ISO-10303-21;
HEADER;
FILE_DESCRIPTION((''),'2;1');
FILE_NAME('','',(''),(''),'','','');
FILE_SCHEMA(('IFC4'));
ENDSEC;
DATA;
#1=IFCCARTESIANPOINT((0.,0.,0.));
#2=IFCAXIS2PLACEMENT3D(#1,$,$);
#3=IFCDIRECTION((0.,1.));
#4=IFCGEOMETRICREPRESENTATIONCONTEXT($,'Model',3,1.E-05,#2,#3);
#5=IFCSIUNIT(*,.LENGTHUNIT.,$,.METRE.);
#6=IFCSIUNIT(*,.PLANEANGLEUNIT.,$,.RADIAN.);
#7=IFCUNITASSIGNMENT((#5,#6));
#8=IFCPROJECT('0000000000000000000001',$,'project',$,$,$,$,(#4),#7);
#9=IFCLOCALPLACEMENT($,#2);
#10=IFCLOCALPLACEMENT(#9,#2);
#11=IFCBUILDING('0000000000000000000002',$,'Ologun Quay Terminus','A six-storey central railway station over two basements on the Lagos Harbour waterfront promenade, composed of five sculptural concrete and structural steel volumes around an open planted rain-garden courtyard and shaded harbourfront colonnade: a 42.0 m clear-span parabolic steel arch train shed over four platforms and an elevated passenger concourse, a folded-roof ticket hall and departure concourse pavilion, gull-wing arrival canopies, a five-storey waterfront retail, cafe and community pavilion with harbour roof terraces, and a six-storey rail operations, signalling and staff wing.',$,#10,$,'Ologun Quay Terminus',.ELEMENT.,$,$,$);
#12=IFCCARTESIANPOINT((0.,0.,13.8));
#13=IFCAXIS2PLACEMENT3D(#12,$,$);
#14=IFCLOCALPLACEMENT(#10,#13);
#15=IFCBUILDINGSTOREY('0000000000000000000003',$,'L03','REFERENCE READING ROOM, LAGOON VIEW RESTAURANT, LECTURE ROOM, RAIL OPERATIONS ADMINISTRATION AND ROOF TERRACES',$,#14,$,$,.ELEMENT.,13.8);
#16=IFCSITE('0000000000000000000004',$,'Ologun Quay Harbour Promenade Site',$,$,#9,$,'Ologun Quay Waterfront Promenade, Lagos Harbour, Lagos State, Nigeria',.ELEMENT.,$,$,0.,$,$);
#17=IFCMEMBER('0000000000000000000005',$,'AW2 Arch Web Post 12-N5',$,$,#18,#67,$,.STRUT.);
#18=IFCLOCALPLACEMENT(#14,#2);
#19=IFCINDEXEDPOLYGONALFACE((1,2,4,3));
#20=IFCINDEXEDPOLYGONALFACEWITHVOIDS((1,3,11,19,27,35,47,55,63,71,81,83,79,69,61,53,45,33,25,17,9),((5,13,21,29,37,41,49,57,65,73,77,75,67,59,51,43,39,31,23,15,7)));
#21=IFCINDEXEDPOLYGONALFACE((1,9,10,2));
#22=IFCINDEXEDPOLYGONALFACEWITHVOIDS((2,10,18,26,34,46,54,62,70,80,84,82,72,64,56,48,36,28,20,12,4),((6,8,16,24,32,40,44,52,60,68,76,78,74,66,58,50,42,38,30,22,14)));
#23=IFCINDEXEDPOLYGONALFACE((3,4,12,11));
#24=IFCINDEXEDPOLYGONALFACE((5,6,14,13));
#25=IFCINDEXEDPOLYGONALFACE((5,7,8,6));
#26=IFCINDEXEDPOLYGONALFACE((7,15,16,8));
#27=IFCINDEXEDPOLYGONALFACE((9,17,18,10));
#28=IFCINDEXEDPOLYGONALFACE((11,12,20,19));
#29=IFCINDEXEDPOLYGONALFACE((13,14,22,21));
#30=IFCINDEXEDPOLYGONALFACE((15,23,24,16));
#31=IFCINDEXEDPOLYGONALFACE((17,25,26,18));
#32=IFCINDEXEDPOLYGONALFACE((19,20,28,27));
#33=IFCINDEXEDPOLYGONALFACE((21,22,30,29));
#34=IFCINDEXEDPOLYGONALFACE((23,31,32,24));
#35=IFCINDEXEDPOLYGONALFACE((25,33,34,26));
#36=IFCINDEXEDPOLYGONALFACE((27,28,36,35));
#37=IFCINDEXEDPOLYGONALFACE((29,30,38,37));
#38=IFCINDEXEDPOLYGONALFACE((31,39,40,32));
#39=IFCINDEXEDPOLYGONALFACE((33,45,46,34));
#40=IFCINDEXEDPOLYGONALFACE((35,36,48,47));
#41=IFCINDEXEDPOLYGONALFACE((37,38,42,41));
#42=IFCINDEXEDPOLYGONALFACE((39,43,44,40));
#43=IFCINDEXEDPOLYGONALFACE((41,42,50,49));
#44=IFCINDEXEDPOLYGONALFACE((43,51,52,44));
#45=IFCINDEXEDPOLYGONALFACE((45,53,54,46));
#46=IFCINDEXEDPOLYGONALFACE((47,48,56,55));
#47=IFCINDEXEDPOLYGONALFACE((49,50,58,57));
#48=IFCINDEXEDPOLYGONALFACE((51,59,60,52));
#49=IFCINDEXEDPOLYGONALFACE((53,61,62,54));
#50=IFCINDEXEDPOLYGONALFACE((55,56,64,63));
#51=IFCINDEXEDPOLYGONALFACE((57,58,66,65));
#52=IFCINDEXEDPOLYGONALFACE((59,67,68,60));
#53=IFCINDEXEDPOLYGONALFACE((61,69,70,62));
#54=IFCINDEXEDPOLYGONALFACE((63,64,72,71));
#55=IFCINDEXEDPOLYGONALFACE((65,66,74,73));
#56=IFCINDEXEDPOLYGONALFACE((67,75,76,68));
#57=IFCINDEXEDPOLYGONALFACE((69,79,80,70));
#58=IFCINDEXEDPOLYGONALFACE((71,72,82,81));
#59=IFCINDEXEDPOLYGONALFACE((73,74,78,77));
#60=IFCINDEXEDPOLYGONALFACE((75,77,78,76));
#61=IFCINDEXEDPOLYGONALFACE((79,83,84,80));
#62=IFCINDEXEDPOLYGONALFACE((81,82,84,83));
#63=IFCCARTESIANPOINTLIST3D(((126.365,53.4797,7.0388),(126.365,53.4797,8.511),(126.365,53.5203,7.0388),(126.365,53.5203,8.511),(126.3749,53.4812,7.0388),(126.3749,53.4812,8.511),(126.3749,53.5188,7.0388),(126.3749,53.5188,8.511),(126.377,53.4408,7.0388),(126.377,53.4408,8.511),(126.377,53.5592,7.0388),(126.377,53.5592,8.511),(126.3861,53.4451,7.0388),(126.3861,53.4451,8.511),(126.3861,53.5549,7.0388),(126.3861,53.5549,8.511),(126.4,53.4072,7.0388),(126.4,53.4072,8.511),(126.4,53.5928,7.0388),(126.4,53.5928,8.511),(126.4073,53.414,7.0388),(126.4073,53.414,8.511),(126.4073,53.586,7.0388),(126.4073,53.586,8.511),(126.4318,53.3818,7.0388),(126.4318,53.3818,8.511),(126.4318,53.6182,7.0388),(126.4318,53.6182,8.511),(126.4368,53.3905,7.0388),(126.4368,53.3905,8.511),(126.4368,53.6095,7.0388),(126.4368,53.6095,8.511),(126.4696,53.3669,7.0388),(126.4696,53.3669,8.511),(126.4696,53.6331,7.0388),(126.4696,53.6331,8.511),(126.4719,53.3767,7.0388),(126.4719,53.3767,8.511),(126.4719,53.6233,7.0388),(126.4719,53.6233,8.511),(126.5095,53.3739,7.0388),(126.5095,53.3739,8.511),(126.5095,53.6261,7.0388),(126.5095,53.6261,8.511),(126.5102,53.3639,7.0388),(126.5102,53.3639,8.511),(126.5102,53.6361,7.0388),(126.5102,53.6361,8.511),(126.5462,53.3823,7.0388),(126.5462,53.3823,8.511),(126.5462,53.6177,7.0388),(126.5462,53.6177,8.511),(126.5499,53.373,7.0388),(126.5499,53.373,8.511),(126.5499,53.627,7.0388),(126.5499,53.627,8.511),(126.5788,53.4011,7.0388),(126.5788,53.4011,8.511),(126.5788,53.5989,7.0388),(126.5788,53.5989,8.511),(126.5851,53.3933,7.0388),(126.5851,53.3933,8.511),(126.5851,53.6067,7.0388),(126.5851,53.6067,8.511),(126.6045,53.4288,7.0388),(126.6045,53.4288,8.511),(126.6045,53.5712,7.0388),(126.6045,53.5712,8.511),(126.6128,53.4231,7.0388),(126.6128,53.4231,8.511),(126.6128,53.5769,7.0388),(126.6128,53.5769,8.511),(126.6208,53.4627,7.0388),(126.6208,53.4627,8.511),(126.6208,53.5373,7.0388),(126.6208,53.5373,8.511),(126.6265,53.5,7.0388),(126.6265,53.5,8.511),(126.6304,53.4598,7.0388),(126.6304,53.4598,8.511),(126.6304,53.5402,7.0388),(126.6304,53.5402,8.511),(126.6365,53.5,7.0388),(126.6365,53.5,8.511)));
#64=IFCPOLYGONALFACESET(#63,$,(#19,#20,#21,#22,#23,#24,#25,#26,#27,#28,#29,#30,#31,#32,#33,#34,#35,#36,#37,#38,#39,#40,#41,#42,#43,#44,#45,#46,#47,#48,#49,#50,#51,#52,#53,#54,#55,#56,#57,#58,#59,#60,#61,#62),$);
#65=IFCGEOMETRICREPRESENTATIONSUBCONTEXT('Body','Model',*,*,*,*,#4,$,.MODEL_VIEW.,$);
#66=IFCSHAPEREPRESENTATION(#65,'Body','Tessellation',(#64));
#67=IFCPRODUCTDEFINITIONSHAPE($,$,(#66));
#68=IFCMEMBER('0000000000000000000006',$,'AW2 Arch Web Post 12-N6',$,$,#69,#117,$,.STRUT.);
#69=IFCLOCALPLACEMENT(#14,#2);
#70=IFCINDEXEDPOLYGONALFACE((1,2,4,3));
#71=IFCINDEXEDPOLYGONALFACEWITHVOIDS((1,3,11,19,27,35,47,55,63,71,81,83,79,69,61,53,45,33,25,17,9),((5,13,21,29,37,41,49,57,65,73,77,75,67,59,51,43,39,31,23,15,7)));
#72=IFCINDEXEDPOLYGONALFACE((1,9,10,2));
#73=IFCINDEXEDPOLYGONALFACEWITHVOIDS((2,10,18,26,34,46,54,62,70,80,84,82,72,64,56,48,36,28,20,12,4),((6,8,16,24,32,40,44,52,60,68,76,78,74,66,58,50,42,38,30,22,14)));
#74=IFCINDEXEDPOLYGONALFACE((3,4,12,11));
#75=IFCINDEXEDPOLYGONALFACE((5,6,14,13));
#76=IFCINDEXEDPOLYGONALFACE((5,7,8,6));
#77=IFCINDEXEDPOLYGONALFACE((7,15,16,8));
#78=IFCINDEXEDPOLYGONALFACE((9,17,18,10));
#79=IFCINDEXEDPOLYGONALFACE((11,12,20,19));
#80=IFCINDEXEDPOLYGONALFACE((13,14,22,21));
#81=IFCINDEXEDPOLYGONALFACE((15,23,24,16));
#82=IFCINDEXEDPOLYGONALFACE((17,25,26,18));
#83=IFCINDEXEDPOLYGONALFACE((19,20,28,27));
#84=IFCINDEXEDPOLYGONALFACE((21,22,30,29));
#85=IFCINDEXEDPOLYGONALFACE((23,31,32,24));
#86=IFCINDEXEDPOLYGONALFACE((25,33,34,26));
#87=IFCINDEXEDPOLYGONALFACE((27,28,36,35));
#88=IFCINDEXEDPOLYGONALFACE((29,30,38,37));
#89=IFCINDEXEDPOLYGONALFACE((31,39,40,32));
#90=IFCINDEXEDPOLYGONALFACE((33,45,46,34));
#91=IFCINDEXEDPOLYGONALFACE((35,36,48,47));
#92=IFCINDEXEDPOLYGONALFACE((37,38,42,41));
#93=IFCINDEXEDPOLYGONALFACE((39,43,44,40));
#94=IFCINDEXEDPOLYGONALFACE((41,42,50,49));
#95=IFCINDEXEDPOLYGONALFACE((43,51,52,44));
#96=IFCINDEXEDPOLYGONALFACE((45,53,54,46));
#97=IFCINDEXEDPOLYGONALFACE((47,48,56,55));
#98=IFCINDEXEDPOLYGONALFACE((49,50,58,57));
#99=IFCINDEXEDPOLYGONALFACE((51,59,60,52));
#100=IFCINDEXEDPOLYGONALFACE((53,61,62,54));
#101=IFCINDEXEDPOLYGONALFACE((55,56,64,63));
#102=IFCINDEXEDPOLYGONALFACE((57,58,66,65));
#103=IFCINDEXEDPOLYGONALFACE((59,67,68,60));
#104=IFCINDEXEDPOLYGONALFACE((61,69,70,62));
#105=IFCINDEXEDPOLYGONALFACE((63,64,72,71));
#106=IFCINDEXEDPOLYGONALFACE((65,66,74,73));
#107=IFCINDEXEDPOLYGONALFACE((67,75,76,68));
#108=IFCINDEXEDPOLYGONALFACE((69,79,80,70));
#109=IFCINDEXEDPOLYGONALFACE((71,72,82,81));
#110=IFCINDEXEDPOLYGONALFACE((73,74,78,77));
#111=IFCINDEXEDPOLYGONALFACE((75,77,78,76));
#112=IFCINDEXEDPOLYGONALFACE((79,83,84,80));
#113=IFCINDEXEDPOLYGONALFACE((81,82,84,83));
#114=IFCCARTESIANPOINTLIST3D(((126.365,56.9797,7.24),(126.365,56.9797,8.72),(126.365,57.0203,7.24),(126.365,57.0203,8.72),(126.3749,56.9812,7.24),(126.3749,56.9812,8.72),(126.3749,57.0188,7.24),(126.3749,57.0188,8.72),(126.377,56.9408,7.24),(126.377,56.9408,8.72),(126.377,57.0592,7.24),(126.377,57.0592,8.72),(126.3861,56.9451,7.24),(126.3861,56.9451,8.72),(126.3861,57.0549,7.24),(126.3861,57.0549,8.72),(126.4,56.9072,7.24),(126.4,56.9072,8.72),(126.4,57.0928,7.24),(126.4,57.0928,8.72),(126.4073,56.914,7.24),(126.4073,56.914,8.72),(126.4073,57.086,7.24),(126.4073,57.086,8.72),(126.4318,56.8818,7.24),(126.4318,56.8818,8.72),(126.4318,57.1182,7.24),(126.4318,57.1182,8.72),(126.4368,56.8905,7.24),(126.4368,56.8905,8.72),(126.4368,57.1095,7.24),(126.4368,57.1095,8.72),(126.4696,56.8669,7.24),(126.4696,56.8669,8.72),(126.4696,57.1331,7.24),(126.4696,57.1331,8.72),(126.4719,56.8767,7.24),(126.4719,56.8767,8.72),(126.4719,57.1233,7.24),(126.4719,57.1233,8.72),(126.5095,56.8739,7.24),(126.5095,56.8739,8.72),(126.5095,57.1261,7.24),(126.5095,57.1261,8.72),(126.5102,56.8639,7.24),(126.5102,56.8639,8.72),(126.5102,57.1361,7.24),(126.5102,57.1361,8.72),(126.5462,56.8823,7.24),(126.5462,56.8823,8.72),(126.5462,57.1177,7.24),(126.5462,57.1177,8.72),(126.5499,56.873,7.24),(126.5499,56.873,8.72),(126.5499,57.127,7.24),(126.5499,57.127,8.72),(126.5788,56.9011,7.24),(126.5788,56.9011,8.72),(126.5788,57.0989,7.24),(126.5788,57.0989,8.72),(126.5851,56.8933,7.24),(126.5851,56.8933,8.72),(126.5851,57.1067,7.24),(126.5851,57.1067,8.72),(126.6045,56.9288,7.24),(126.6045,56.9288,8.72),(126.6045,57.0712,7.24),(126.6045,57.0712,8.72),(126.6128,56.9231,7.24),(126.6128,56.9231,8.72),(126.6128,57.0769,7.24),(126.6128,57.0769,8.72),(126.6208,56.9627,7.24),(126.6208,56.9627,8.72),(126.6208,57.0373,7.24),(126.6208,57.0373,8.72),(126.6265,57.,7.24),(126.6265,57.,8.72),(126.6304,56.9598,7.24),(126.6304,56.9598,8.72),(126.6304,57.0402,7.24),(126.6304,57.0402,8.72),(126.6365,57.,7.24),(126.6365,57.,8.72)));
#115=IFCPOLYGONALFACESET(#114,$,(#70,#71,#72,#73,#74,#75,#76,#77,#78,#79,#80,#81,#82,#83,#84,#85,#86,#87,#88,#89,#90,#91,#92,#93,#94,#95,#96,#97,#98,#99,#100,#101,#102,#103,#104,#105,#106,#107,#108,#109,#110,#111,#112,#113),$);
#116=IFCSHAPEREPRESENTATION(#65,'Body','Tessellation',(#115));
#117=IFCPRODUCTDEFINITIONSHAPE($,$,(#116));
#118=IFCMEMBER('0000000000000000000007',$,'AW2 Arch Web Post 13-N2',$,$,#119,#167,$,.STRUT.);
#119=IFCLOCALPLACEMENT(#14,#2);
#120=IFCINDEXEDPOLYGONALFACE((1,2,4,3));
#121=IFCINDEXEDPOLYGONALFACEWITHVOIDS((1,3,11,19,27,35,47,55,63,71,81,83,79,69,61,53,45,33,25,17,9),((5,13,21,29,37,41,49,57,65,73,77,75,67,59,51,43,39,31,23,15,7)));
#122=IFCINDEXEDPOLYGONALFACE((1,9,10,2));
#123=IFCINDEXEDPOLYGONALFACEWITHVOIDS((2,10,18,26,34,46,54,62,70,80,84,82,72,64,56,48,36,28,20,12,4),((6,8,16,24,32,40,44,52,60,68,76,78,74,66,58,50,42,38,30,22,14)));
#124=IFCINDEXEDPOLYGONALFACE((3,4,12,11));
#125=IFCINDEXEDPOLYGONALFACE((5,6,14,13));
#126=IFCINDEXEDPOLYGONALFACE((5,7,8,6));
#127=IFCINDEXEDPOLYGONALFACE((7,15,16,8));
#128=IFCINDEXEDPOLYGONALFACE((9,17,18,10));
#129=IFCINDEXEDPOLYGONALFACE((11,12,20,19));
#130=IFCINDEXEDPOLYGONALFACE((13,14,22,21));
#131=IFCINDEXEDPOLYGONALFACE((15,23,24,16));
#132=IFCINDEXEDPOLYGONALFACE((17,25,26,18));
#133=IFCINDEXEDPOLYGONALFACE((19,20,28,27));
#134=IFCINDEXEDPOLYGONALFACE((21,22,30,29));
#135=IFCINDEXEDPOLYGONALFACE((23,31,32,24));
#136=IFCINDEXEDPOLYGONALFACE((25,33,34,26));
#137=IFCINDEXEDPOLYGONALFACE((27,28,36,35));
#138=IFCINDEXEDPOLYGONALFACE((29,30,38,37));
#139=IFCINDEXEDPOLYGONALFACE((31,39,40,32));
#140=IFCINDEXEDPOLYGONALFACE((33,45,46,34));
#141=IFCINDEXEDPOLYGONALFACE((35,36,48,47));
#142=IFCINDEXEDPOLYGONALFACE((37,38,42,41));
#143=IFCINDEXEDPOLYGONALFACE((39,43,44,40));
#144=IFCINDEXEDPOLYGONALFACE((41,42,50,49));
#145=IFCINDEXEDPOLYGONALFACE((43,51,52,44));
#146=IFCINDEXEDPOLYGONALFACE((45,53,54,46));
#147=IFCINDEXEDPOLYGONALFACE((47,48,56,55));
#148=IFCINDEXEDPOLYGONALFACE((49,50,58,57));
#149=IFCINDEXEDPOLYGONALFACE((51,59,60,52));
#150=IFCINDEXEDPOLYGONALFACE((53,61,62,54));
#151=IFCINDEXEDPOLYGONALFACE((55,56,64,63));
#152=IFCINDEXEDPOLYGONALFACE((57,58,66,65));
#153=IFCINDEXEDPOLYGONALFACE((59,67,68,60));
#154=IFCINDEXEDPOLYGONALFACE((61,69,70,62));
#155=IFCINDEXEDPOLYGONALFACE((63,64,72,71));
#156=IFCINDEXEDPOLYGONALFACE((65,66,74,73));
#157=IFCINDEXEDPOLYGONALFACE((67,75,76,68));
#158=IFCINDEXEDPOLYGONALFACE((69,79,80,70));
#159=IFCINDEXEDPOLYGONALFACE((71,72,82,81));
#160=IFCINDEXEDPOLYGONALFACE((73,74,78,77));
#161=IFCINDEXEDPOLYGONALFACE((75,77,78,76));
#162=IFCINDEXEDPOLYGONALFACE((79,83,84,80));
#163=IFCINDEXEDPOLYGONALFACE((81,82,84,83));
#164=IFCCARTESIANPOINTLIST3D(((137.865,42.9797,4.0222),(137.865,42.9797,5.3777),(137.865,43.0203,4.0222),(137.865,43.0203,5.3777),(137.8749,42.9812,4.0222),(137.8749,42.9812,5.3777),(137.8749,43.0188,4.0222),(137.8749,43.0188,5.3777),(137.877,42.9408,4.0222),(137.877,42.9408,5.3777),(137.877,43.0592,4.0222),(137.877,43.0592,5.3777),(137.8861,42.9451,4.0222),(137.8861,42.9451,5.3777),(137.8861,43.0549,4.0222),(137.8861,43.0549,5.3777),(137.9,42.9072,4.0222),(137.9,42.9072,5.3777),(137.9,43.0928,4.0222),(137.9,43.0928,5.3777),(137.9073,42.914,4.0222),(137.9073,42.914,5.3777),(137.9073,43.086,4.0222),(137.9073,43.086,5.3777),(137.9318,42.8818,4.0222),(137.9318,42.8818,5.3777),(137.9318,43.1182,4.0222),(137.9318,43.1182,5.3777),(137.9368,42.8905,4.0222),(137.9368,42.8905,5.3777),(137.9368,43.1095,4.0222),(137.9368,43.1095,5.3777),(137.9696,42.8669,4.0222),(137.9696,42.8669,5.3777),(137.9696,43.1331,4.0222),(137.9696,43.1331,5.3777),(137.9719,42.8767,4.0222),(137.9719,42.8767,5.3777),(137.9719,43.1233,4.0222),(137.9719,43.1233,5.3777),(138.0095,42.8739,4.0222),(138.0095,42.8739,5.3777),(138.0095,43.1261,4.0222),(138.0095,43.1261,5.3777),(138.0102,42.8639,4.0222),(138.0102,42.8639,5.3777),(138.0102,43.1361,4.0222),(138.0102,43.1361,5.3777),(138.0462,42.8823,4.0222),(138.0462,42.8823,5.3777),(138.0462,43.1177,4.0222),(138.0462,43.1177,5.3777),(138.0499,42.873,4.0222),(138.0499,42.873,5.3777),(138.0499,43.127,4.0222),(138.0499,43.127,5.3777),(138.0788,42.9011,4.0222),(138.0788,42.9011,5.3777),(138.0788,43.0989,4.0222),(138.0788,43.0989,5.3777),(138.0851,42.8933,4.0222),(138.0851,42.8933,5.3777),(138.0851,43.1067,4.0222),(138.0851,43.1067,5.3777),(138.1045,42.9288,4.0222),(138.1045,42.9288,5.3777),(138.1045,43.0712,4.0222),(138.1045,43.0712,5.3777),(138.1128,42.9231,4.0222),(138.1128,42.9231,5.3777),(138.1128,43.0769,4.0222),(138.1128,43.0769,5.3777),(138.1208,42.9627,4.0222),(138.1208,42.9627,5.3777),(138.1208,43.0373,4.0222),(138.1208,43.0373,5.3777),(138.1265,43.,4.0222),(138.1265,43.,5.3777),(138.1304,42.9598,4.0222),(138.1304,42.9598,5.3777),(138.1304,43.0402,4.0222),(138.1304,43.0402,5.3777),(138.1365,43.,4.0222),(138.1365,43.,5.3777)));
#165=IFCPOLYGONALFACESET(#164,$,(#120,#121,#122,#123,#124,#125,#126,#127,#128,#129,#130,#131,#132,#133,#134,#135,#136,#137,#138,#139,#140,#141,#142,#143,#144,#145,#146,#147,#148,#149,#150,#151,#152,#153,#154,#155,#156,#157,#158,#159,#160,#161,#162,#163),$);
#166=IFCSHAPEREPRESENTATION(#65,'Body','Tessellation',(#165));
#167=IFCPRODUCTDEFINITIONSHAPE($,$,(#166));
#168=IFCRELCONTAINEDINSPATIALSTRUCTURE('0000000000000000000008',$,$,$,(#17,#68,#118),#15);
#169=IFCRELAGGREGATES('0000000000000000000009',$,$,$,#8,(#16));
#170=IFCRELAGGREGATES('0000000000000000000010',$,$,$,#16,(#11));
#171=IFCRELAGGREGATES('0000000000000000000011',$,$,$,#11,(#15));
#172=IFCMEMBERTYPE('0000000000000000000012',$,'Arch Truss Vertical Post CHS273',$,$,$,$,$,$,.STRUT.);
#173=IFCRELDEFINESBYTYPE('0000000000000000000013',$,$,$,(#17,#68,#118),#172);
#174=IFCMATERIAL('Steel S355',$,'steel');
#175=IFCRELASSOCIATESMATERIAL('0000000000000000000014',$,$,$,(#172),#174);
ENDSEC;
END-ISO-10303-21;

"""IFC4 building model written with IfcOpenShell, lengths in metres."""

from ifc_helpers import new_model, si_unit, direction, frame, origin, origin_2d, place, context, subcontext, project, spatial, hollow_circle, extrude, material, material_profile, profile_set, type_object, element, save


model = new_model("IFC4")

# Units and contexts
model_context = context("Model", 3, precision=1e-05, world=origin(), true_north=direction((0.0, 1.0)))
body_context = subcontext(model_context, "Body", "Model", "MODEL_VIEW")
ifc_project = project(units=[si_unit("LENGTHUNIT", "METRE"), si_unit("PLANEANGLEUNIT", "RADIAN")], contexts=[model_context])

# Site, building, storey
site_placement = place(None, origin())
site = spatial("IfcSite", under=ifc_project, at=site_placement, Name="Ologun Quay Harbour Promenade Site", LongName="Ologun Quay Waterfront Promenade, Lagos Harbour, Lagos State, Nigeria", CompositionType="ELEMENT", RefElevation=0.0)
building_placement = place(site_placement, origin())
building = spatial("IfcBuilding", under=site, at=building_placement, Name="Ologun Quay Terminus", Description="A six-storey central railway station over two basements on the Lagos Harbour waterfront promenade, composed of five sculptural concrete and structural steel volumes around an open planted rain-garden courtyard and shaded harbourfront colonnade: a 42.0 m clear-span parabolic steel arch train shed over four platforms and an elevated passenger concourse, a folded-roof ticket hall and departure concourse pavilion, gull-wing arrival canopies, a five-storey waterfront retail, cafe and community pavilion with harbour roof terraces, and a six-storey rail operations, signalling and staff wing.", LongName="Ologun Quay Terminus", CompositionType="ELEMENT")
storey_placement = place(building_placement, frame((0.0, 0.0, 13.8)))
storey = spatial("IfcBuildingStorey", under=building, at=storey_placement, Name="L03", Description="REFERENCE READING ROOM, LAGOON VIEW RESTAURANT, LECTURE ROOM, RAIL OPERATIONS ADMINISTRATION AND ROOF TERRACES", CompositionType="ELEMENT", Elevation=13.8)

# Members
ifc_material_1 = material(Name="Steel S355", Category="steel")
ifc_material_profile_1 = material_profile(ifc_material_1, hollow_circle(Radius=0.1365, WallThickness=0.01, at=origin_2d()), Name="CHS 273x10")
ifc_profile_set_1 = profile_set([ifc_material_profile_1], Name="Steel S355")
member_type_1 = type_object("IfcMemberType", Name="Arch Truss Vertical Post CHS273", PredefinedType="STRUT", material=ifc_profile_set_1)
member_1_placement = place(storey_placement, frame((126.5, 53.5, 7.0388), z_axis=(0.0, 0.0, 1.0), x_axis=(1.0, 0.0, 0.0)))
element("IfcMember", 1, at=member_1_placement, inside=storey, type_object=member_type_1, Name="AW2 Arch Web Post 12-N5", PredefinedType="STRUT", context=body_context, shape_type="SweptSolid", body=[
    extrude(hollow_circle(Radius=0.1365, WallThickness=0.01, at=origin_2d()), origin(), (0.0, 0.0, 1.0), 1.4722),
])
member_2_placement = place(storey_placement, frame((126.5, 57.0, 7.24), z_axis=(0.0, 0.0, 1.0), x_axis=(1.0, 0.0, 0.0)))
element("IfcMember", 2, at=member_2_placement, inside=storey, type_object=member_type_1, Name="AW2 Arch Web Post 12-N6", PredefinedType="STRUT", context=body_context, shape_type="SweptSolid", body=[
    extrude(hollow_circle(Radius=0.1365, WallThickness=0.01, at=origin_2d()), origin(), (0.0, 0.0, 1.0), 1.48),
])
member_3_placement = place(storey_placement, frame((138.0, 43.0, 4.0222), z_axis=(0.0, 0.0, 1.0), x_axis=(1.0, 0.0, 0.0)))
element("IfcMember", 3, at=member_3_placement, inside=storey, type_object=member_type_1, Name="AW2 Arch Web Post 13-N2", PredefinedType="STRUT", context=body_context, shape_type="SweptSolid", body=[
    extrude(hollow_circle(Radius=0.1365, WallThickness=0.01, at=origin_2d()), origin(), (0.0, 0.0, 1.0), 1.3555),
])

save(model, "model.ifc")
